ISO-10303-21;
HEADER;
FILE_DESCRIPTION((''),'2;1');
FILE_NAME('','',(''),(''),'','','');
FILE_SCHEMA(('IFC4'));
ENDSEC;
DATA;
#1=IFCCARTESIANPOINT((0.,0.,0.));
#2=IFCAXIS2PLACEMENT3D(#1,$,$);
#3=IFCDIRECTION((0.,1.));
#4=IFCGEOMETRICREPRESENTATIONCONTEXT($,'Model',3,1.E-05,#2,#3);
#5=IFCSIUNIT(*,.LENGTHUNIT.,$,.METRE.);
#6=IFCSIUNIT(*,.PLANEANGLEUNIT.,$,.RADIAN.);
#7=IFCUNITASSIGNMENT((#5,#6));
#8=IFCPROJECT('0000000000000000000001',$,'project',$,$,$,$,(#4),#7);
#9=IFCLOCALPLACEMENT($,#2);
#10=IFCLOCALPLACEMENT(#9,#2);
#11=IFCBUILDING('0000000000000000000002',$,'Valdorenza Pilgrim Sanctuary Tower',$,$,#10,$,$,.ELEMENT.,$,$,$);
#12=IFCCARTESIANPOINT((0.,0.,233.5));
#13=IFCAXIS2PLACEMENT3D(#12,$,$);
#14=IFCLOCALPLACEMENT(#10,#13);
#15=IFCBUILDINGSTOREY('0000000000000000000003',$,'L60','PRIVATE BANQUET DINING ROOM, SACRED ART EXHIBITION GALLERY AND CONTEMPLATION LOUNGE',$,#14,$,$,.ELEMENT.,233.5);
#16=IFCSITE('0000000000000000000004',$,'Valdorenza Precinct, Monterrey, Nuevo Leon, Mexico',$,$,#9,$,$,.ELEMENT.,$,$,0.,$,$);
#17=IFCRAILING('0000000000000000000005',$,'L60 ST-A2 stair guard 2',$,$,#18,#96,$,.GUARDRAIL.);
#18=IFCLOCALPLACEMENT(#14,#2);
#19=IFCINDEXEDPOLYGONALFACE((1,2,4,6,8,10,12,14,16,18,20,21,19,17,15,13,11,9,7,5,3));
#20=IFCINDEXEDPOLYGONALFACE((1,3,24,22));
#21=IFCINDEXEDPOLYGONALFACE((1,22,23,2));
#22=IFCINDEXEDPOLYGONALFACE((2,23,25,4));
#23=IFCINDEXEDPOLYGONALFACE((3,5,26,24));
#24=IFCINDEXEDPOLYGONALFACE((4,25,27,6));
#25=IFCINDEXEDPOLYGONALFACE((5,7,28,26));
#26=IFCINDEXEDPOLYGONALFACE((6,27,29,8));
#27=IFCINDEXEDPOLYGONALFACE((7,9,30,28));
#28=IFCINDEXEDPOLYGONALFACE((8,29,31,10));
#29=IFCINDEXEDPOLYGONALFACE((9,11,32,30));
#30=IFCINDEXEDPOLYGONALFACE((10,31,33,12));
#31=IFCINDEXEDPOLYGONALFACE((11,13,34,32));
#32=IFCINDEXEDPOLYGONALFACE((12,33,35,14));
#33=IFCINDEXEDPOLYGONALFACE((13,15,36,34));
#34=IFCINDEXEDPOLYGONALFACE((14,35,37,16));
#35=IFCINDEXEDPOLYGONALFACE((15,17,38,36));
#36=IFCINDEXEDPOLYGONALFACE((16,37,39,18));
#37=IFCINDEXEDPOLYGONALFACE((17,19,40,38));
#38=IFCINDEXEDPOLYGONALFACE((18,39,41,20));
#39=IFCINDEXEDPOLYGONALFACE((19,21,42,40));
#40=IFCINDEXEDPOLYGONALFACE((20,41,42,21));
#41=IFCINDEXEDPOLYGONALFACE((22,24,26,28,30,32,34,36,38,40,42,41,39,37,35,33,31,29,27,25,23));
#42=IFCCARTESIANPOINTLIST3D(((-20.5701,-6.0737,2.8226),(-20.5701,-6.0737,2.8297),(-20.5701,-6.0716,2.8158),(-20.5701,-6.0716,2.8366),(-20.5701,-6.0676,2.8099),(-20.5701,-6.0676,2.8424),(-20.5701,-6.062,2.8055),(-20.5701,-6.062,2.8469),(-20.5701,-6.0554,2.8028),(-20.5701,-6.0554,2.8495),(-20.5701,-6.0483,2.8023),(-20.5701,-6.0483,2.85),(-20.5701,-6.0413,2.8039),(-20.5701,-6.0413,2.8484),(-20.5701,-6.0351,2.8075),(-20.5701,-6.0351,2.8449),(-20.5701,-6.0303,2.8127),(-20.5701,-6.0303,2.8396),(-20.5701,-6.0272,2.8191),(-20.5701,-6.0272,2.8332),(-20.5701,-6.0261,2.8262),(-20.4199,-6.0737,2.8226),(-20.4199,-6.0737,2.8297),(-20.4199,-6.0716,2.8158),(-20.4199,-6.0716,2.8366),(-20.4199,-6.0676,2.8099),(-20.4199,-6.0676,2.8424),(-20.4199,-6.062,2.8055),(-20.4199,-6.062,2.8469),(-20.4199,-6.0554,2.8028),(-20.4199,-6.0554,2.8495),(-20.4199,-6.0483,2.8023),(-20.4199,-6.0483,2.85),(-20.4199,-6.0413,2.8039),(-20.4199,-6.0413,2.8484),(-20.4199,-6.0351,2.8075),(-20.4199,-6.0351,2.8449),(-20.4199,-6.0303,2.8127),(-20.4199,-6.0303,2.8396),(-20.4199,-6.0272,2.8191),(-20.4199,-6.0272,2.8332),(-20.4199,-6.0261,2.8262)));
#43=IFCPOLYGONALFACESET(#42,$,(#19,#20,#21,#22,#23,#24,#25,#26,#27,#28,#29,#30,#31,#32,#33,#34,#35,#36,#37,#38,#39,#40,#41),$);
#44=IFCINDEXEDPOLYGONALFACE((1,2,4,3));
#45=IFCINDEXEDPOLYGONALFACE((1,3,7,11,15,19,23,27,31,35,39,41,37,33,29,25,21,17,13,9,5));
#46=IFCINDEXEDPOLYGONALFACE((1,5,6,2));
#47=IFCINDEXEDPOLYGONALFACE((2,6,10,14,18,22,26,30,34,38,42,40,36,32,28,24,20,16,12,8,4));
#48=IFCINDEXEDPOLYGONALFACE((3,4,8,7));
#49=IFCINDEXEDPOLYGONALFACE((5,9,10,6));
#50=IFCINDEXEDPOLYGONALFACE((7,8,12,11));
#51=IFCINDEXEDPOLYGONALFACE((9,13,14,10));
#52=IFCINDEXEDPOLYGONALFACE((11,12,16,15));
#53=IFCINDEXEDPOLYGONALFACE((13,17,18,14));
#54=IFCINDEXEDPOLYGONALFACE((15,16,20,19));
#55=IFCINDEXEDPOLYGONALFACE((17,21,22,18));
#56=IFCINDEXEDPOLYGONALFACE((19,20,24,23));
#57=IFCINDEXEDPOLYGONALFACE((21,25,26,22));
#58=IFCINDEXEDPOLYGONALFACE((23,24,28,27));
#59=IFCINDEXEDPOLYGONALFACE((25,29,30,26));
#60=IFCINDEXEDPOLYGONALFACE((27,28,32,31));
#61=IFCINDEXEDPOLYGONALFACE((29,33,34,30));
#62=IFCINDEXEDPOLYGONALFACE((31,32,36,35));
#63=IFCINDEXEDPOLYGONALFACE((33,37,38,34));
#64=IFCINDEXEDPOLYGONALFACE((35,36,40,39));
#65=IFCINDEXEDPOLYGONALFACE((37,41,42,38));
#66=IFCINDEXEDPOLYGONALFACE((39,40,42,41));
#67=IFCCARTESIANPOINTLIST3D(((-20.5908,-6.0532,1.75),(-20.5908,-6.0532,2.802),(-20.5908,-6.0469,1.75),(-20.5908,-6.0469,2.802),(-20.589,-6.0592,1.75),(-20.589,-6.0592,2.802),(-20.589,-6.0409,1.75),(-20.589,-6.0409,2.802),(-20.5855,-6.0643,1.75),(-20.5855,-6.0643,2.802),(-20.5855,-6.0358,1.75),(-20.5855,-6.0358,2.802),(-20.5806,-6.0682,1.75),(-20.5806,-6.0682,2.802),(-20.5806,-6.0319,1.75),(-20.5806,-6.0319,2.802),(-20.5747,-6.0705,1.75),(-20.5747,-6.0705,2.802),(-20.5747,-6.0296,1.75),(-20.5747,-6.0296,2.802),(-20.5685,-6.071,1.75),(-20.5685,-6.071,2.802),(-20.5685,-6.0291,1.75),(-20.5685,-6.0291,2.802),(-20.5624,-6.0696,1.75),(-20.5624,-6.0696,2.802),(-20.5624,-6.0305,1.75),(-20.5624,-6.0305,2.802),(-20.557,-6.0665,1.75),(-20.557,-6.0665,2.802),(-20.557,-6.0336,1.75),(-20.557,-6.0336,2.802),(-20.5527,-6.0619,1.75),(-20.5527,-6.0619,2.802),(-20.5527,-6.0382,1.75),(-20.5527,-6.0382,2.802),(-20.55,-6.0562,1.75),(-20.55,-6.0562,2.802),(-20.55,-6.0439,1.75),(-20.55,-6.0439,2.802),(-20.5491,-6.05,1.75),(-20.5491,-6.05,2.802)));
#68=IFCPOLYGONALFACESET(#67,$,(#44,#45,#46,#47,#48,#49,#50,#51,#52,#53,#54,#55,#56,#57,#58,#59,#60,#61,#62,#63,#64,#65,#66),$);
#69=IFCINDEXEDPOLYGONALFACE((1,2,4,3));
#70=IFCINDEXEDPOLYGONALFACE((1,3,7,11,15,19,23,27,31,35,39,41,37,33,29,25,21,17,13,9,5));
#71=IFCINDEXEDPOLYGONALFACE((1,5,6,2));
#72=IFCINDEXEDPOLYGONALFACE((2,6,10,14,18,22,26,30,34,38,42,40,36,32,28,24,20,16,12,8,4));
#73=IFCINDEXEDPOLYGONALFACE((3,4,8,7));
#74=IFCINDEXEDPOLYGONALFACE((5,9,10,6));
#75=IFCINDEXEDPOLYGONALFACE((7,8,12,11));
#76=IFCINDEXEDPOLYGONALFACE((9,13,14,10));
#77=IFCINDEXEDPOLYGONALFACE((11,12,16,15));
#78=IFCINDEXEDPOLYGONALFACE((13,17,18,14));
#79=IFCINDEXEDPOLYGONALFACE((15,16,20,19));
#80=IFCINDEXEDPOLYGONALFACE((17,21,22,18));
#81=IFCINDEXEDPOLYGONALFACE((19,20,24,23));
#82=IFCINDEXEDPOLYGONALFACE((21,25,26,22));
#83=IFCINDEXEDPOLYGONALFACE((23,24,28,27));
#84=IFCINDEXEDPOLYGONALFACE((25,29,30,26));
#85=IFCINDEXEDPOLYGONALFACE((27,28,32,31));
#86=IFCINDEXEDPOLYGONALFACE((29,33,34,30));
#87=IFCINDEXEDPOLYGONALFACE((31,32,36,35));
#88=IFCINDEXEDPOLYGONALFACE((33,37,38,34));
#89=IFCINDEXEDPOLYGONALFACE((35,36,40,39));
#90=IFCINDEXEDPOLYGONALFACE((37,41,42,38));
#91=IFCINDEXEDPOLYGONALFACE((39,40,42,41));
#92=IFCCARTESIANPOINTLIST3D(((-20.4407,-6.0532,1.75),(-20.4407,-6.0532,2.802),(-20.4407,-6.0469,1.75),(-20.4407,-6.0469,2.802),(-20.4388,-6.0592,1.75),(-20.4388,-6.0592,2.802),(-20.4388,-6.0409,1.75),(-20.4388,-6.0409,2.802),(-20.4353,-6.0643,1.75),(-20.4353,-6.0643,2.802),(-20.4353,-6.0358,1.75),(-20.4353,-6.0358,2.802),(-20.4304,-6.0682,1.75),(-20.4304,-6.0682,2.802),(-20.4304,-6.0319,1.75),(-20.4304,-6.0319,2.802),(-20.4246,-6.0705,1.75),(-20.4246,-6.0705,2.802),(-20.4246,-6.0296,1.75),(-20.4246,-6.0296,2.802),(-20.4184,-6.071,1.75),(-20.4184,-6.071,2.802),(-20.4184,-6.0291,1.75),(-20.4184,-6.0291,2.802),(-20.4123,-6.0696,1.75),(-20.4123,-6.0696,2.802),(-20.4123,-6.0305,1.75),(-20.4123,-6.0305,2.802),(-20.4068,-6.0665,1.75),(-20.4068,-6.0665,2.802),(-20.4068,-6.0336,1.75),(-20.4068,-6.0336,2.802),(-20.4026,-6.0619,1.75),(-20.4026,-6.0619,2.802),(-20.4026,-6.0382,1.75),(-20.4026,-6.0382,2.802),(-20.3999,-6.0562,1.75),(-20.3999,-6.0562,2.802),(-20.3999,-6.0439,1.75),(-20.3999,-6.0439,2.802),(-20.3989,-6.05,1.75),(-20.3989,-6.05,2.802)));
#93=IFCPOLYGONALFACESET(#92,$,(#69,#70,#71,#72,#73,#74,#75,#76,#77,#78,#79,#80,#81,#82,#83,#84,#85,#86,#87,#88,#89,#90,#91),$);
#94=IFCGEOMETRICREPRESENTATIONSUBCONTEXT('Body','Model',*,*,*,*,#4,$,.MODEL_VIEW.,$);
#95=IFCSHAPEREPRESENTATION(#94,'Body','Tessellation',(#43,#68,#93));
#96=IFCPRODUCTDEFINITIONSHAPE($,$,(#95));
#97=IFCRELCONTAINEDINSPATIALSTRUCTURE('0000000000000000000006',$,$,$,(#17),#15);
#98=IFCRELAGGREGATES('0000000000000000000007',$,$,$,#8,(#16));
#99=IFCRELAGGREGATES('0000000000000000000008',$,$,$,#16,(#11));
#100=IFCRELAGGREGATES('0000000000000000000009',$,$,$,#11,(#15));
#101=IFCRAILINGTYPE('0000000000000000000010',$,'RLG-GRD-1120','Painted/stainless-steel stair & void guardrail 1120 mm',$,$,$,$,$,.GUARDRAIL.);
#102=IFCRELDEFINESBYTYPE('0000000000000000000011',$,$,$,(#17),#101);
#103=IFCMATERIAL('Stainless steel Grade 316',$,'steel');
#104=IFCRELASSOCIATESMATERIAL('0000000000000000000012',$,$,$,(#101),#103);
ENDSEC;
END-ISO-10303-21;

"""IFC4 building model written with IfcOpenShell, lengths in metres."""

from ifc_helpers import new_model, si_unit, direction, frame, origin, origin_2d, place, context, subcontext, project, spatial, circle, extrude, material, type_object, element, save


model = new_model("IFC4")

# Units and contexts
model_context = context("Model", 3, precision=1e-05, world=origin(), true_north=direction((0.0, 1.0)))
body_context = subcontext(model_context, "Body", "Model", "MODEL_VIEW")
ifc_project = project(units=[si_unit("LENGTHUNIT", "METRE"), si_unit("PLANEANGLEUNIT", "RADIAN")], contexts=[model_context])

# Site, building, storey
site_placement = place(None, origin())
site = spatial("IfcSite", under=ifc_project, at=site_placement, Name="Valdorenza Precinct, Monterrey, Nuevo Leon, Mexico", CompositionType="ELEMENT", RefElevation=0.0)
building_placement = place(site_placement, origin())
building = spatial("IfcBuilding", under=site, at=building_placement, Name="Valdorenza Pilgrim Sanctuary Tower", CompositionType="ELEMENT")
storey_placement = place(building_placement, frame((0.0, 0.0, 233.5)))
storey = spatial("IfcBuildingStorey", under=building, at=storey_placement, Name="L60", Description="PRIVATE BANQUET DINING ROOM, SACRED ART EXHIBITION GALLERY AND CONTEMPLATION LOUNGE", CompositionType="ELEMENT", Elevation=233.5)

# Railing
ifc_material_1 = material(Name="Stainless steel Grade 316", Category="steel")
railing_type = type_object("IfcRailingType", Name="RLG-GRD-1120", Description="Painted/stainless-steel stair & void guardrail 1120 mm", PredefinedType="GUARDRAIL", material=ifc_material_1)
railing_placement = place(storey_placement, frame((-20.5701, -6.05, 1.75)))
element("IfcRailing", 1, at=railing_placement, inside=storey, type_object=railing_type, Name="L60 ST-A2 stair guard 2", PredefinedType="GUARDRAIL", context=body_context, shape_type="SweptSolid", body=[
    extrude(circle(Radius=0.0239, at=origin_2d()), frame((0.0, 0.0, 1.0762), z_axis=(1.0, 0.0, 0.0), x_axis=(0.0, 1.0, 0.0)), (0.0, 0.0, 1.0), 0.1501),
    extrude(circle(Radius=0.021, at=origin_2d()), origin(), (0.0, 0.0, 1.0), 1.052),
    extrude(circle(Radius=0.021, at=origin_2d()), frame((0.1501, 0.0, 0.0)), (0.0, 0.0, 1.0), 1.052),
])

save(model, "model.ifc")
